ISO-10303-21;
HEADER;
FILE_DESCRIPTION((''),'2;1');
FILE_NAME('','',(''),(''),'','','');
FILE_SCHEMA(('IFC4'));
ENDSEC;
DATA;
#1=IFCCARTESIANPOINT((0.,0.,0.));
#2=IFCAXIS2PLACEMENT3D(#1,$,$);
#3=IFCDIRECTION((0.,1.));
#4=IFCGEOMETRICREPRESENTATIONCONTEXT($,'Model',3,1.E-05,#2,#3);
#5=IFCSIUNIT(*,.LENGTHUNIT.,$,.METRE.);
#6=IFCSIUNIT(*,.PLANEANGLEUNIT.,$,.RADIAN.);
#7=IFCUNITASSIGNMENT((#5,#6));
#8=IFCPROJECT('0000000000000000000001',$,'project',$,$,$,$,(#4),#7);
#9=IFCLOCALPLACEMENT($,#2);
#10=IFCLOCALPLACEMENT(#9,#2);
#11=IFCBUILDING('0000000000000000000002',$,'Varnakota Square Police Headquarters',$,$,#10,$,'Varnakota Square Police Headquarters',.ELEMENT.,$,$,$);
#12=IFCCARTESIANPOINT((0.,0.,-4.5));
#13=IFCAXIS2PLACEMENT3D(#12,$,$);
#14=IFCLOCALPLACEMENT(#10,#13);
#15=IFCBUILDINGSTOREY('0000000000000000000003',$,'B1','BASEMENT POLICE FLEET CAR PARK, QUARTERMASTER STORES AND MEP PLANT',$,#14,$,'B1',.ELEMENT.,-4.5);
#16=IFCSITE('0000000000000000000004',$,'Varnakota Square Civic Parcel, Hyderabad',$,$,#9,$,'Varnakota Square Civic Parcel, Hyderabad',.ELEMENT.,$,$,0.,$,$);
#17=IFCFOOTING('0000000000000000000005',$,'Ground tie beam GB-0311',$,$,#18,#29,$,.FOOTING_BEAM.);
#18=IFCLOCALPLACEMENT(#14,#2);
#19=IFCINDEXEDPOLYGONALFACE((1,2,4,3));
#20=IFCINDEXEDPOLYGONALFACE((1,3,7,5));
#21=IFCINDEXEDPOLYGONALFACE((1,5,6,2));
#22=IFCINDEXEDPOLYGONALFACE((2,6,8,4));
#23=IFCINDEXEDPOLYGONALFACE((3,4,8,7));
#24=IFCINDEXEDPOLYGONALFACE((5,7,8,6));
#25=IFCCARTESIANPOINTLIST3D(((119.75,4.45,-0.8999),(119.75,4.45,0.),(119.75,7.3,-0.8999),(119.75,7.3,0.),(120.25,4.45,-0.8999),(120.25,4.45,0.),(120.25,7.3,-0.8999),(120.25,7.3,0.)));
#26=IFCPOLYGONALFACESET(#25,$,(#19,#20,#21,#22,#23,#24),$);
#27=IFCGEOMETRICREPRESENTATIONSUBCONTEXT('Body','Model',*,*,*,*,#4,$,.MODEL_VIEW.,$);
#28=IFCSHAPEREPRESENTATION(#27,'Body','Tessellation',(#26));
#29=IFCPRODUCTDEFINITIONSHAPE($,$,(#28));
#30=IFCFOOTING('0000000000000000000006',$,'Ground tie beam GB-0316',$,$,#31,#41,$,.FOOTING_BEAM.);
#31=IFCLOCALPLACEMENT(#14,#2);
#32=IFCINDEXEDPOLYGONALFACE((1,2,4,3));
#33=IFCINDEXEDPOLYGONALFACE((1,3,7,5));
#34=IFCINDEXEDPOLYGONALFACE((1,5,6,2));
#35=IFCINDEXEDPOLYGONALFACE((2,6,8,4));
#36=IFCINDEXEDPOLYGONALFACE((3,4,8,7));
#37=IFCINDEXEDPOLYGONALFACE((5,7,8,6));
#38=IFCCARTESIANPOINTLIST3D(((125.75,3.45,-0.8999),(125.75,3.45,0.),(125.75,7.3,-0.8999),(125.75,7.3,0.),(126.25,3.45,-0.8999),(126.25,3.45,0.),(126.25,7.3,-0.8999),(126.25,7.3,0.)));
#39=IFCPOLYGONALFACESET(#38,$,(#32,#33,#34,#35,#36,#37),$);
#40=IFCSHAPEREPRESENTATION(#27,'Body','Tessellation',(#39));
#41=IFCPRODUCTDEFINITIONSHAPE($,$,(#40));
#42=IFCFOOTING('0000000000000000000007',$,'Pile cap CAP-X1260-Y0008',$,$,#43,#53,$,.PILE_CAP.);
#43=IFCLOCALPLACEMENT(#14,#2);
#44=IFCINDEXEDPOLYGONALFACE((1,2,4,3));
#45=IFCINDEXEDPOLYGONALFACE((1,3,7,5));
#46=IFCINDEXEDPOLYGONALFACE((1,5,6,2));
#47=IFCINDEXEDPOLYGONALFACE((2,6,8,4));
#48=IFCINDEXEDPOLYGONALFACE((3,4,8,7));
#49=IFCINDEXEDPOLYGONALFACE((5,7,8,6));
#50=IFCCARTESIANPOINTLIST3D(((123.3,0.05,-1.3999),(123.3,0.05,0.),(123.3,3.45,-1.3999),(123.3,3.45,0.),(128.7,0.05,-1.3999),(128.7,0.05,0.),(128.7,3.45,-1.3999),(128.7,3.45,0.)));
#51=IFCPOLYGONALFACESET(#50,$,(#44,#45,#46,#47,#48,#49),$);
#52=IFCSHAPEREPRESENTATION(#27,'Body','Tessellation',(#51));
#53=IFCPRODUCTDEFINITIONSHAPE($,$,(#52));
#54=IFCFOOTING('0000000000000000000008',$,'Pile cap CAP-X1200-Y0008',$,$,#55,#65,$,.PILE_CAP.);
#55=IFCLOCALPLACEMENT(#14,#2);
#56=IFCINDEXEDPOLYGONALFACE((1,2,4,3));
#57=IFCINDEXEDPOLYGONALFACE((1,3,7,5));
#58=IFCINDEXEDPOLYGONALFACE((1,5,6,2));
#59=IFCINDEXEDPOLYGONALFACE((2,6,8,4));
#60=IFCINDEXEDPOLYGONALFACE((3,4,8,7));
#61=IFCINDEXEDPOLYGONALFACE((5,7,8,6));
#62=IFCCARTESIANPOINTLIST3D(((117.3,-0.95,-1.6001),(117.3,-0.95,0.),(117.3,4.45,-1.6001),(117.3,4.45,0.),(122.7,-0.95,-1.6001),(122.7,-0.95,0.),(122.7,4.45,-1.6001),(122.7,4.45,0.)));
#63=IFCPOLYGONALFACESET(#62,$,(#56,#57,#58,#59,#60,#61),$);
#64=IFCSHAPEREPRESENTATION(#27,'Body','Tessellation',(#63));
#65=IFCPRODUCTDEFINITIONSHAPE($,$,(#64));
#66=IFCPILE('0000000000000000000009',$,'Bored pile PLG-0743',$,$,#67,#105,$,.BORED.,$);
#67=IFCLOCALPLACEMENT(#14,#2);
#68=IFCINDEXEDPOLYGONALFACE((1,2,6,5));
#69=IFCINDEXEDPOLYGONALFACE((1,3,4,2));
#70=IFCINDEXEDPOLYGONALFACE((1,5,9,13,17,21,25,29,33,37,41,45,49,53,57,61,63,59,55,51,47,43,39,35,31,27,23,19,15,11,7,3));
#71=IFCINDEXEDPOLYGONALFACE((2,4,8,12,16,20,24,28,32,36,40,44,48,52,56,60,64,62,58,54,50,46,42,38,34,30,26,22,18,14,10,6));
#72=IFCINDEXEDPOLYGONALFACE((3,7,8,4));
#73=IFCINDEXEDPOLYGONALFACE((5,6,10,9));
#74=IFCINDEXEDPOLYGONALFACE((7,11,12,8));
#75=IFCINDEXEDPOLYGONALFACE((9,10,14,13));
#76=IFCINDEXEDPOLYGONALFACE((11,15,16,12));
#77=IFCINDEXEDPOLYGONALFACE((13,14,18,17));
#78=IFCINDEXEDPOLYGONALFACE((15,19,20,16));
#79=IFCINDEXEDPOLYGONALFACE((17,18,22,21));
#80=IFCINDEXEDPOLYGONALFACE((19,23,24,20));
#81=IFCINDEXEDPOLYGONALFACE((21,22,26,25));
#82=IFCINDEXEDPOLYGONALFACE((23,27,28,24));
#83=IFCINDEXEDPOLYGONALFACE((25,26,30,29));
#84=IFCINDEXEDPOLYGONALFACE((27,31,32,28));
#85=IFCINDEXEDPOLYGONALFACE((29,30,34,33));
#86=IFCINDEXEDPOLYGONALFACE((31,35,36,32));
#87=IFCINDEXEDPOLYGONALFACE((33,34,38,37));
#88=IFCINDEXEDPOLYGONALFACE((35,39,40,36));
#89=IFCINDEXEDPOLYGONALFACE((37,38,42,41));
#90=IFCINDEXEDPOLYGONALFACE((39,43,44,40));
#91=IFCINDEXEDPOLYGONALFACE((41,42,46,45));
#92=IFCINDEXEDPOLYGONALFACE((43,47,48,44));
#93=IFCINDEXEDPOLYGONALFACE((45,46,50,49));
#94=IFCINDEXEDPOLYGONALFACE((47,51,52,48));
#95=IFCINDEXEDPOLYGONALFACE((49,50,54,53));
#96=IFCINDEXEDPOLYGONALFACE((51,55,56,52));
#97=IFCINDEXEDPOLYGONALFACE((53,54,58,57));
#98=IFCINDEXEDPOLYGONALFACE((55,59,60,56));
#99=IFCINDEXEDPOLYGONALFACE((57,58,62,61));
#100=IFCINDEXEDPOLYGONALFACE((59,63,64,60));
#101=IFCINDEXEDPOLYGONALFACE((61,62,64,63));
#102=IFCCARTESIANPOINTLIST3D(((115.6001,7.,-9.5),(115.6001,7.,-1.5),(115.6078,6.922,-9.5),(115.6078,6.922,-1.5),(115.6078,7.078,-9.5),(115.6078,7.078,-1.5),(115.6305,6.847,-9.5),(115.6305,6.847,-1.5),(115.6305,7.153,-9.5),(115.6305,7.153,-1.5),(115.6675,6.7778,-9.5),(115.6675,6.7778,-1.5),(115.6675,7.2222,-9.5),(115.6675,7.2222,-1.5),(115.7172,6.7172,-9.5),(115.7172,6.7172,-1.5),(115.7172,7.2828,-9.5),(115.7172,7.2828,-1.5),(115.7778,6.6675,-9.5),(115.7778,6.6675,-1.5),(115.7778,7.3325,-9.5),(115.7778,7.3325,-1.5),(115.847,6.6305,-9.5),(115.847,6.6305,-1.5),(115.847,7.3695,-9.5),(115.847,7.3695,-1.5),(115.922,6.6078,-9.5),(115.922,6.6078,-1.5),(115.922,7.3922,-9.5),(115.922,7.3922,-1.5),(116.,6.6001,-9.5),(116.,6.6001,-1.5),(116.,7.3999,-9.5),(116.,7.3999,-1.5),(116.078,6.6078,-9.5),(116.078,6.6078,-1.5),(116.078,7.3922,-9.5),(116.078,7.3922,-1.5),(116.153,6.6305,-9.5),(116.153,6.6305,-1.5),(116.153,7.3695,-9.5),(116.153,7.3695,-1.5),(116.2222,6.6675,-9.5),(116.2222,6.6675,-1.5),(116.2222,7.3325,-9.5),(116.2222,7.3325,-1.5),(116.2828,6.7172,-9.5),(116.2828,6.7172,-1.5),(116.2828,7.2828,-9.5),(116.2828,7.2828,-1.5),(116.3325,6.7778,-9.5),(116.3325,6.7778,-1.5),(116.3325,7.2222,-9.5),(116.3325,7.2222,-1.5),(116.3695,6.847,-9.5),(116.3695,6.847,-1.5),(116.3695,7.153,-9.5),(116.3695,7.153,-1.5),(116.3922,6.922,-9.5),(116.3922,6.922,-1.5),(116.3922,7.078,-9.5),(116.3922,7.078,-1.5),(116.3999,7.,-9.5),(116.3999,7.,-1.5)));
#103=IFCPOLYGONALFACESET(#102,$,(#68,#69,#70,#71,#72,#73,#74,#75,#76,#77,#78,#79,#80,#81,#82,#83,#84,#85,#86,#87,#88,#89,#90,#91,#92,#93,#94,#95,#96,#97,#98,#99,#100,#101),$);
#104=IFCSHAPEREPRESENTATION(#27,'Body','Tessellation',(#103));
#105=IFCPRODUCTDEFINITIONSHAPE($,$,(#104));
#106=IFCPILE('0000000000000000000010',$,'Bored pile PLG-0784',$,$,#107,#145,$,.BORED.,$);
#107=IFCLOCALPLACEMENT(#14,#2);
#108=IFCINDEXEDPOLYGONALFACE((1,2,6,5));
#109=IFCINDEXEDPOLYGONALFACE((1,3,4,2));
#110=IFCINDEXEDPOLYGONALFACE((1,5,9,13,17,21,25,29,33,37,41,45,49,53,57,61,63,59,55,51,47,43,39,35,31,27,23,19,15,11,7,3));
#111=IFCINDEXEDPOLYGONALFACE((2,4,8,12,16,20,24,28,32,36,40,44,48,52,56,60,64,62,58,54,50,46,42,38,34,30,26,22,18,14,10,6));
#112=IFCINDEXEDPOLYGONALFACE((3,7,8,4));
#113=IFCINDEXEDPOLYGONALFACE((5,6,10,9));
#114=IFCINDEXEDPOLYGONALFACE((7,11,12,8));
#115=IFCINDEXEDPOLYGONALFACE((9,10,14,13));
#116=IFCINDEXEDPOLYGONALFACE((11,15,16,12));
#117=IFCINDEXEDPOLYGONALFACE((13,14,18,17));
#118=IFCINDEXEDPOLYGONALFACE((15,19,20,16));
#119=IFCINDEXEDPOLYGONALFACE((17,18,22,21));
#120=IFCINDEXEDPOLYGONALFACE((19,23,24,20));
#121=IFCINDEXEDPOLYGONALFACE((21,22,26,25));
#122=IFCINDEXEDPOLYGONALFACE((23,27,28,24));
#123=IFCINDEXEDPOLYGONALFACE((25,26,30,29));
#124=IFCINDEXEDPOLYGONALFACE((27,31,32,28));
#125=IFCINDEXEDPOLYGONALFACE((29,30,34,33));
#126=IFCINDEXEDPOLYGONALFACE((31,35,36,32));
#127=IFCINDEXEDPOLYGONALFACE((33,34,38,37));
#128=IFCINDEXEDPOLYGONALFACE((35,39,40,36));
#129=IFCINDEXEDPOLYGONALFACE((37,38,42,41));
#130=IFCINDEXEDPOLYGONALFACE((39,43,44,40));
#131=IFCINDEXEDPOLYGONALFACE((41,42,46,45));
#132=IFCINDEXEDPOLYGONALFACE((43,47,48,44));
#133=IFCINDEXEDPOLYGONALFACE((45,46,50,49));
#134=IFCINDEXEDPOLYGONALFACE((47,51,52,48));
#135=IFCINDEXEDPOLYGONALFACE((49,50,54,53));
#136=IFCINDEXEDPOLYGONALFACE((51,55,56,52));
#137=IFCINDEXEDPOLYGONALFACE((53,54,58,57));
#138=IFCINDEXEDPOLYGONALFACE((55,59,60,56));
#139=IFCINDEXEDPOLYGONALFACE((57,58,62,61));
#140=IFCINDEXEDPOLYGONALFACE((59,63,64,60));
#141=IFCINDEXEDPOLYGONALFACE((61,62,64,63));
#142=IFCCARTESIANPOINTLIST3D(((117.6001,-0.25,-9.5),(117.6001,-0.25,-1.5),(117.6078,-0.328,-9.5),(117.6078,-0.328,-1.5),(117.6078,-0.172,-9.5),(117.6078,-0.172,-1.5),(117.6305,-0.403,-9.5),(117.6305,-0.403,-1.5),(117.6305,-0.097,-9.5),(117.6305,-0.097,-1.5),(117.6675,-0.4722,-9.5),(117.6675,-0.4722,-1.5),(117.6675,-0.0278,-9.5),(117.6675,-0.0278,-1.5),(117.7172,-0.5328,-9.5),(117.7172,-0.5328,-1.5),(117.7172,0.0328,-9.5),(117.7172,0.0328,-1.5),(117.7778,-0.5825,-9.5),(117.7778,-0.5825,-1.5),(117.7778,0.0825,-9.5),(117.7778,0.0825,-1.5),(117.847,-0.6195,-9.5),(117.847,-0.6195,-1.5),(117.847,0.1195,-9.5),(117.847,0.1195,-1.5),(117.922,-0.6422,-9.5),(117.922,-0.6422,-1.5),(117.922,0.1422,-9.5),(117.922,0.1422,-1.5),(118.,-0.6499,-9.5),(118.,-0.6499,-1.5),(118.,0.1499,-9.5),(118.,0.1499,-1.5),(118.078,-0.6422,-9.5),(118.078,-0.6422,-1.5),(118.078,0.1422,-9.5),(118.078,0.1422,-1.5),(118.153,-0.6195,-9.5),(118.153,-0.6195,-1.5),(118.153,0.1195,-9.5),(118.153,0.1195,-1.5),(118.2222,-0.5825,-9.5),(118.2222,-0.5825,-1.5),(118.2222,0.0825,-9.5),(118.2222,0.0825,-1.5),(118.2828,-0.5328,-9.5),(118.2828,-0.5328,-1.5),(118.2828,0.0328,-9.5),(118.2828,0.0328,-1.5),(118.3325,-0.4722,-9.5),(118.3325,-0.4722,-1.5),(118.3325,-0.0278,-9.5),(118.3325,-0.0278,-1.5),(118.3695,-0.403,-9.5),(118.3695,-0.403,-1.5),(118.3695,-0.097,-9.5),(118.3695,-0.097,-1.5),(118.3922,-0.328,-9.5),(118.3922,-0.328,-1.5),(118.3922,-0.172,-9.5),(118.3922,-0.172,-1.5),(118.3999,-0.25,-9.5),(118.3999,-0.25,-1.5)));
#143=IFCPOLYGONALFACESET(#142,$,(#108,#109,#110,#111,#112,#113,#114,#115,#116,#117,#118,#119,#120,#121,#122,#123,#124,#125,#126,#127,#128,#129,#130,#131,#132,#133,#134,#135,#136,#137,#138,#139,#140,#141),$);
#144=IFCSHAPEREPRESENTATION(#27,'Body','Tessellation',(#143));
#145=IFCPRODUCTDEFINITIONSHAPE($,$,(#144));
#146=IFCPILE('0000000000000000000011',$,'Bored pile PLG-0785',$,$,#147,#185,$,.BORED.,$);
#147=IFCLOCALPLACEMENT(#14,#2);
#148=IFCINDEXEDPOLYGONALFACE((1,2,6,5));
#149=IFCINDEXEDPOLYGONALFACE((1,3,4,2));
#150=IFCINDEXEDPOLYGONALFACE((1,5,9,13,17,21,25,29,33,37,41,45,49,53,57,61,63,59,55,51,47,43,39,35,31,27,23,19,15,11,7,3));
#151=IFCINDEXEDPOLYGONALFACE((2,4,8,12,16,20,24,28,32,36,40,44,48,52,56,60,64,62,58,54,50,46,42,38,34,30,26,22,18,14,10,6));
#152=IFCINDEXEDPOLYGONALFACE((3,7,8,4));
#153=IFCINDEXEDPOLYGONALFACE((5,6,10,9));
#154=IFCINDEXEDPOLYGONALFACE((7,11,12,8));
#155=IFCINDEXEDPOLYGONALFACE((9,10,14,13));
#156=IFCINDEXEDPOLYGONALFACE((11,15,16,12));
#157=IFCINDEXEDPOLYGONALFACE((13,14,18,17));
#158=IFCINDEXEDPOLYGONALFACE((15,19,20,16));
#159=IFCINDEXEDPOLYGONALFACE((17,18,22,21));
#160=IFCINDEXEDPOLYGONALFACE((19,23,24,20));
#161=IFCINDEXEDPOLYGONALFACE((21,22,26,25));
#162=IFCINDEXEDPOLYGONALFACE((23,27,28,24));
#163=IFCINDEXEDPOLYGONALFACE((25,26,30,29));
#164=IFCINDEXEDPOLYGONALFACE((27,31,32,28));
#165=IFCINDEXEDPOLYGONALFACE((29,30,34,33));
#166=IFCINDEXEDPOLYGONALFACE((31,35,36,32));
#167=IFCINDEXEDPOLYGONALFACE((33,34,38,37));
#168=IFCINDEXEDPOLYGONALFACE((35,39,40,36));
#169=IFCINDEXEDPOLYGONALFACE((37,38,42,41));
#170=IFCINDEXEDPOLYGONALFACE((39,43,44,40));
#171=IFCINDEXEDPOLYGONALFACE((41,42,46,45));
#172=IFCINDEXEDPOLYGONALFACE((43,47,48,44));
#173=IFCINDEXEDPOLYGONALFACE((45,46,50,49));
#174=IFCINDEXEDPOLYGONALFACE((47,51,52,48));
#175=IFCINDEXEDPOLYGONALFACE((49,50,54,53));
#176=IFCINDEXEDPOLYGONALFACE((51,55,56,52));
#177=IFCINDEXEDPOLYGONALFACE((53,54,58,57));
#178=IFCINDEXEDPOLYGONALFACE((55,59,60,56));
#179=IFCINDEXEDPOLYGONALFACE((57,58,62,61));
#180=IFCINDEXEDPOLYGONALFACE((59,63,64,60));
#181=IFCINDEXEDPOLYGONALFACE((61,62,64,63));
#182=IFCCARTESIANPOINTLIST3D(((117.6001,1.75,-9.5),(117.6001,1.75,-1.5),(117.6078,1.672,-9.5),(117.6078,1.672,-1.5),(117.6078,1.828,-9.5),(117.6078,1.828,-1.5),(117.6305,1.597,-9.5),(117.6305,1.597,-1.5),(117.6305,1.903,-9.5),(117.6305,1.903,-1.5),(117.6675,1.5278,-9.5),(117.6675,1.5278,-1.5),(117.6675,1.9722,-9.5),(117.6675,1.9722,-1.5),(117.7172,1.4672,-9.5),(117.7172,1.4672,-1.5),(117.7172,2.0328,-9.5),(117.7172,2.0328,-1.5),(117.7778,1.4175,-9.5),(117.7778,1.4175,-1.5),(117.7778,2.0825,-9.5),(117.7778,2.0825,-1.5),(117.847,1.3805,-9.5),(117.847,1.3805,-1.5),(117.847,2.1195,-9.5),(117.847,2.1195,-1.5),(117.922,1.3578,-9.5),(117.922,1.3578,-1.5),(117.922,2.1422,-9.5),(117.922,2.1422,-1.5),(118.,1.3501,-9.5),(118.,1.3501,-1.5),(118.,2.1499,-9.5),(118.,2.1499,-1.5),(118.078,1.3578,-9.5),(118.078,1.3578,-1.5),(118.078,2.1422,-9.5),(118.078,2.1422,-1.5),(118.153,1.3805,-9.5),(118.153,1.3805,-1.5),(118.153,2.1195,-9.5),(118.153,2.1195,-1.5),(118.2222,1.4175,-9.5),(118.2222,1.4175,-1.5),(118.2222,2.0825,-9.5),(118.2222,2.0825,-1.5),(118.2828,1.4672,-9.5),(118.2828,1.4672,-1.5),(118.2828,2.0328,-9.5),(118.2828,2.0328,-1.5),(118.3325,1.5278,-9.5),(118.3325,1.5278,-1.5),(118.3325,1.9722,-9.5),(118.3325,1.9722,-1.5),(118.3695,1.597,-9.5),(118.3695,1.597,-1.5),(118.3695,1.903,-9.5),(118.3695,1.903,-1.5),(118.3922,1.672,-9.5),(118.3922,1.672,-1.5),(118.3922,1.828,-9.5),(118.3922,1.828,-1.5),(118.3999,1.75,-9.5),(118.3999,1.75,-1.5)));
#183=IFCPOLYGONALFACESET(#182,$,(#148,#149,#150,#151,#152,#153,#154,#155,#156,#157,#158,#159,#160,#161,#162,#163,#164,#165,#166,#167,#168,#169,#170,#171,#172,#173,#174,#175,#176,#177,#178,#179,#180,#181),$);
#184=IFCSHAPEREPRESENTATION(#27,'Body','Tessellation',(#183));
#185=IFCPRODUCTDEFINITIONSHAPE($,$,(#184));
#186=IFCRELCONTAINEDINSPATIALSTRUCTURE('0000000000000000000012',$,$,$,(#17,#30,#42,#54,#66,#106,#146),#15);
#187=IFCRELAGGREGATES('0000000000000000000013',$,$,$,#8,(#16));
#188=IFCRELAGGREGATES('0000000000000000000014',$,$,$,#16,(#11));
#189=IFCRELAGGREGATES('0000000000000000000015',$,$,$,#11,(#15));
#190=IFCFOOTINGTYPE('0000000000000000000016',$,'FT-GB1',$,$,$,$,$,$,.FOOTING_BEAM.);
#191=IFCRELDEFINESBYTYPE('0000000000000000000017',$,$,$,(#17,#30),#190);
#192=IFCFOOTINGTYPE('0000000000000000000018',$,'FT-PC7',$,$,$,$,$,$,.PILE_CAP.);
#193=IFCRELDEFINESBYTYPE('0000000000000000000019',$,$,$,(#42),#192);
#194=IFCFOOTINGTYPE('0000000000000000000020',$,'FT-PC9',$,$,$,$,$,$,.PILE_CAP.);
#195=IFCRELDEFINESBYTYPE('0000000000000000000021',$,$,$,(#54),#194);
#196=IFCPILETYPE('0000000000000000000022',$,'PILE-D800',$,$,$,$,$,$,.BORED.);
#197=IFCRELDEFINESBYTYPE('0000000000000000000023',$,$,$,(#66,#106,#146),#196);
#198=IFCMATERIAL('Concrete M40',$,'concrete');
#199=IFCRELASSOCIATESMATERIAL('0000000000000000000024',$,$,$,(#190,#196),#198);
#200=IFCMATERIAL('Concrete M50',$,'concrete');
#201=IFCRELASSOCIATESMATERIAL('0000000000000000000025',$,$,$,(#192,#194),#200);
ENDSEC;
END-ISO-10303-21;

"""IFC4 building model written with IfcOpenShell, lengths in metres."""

from ifc_helpers import new_model, si_unit, direction, frame, origin, origin_2d, place, context, subcontext, project, spatial, rectangle, circle, extrude, material, material_profile, profile_set, type_object, element, save


model = new_model("IFC4")

# Units and contexts
model_context = context("Model", 3, precision=1e-05, world=origin(), true_north=direction((0.0, 1.0)))
body_context = subcontext(model_context, "Body", "Model", "MODEL_VIEW")
ifc_project = project(units=[si_unit("LENGTHUNIT", "METRE"), si_unit("PLANEANGLEUNIT", "RADIAN")], contexts=[model_context])

# Site, building, storey
site_placement = place(None, origin())
site = spatial("IfcSite", under=ifc_project, at=site_placement, Name="Varnakota Square Civic Parcel, Hyderabad", LongName="Varnakota Square Civic Parcel, Hyderabad", CompositionType="ELEMENT", RefElevation=0.0)
building_placement = place(site_placement, origin())
building = spatial("IfcBuilding", under=site, at=building_placement, Name="Varnakota Square Police Headquarters", LongName="Varnakota Square Police Headquarters", CompositionType="ELEMENT")
storey_placement = place(building_placement, frame((0.0, 0.0, -4.5)))
storey = spatial("IfcBuildingStorey", under=building, at=storey_placement, Name="B1", Description="BASEMENT POLICE FLEET CAR PARK, QUARTERMASTER STORES AND MEP PLANT", LongName="B1", CompositionType="ELEMENT", Elevation=-4.5)

# Footings
ifc_material_1 = material(Name="Concrete M40", Category="concrete")
ifc_material_profile_1 = material_profile(ifc_material_1, rectangle(XDim=0.5, YDim=0.8999, at=origin_2d()), Name="GB 500x900")
ifc_profile_set_1 = profile_set([ifc_material_profile_1], Name="Concrete M40")
footing_type_1 = type_object("IfcFootingType", Name="FT-GB1", PredefinedType="FOOTING_BEAM", material=ifc_profile_set_1)
footing_1_placement = place(storey_placement, frame((120.0, 4.45, -0.45), z_axis=(0.0, 1.0, 0.0), x_axis=(-1.0, 0.0, 0.0)))
element("IfcFooting", 1, at=footing_1_placement, inside=storey, type_object=footing_type_1, Name="Ground tie beam GB-0311", PredefinedType="FOOTING_BEAM", context=body_context, shape_type="SweptSolid", body=[
    extrude(rectangle(XDim=0.5, YDim=0.8999, at=origin_2d()), origin(), (0.0, 0.0, 1.0), 2.8501),
])
footing_2_placement = place(storey_placement, frame((126.0, 3.45, -0.45), z_axis=(0.0, 1.0, 0.0), x_axis=(-1.0, 0.0, 0.0)))
element("IfcFooting", 2, at=footing_2_placement, inside=storey, type_object=footing_type_1, Name="Ground tie beam GB-0316", PredefinedType="FOOTING_BEAM", context=body_context, shape_type="SweptSolid", body=[
    extrude(rectangle(XDim=0.5, YDim=0.8999, at=origin_2d()), origin(), (0.0, 0.0, 1.0), 3.8501),
])
ifc_material_2 = material(Name="Concrete M50", Category="concrete")
footing_type_2 = type_object("IfcFootingType", Name="FT-PC7", PredefinedType="PILE_CAP", material=ifc_material_2)
footing_3_placement = place(storey_placement, frame((126.0, 1.75, -1.3999), z_axis=(0.0, 0.0, 1.0), x_axis=(1.0, 0.0, 0.0)))
element("IfcFooting", 3, at=footing_3_placement, inside=storey, type_object=footing_type_2, Name="Pile cap CAP-X1260-Y0008", PredefinedType="PILE_CAP", context=body_context, shape_type="SweptSolid", body=[
    extrude(rectangle(XDim=5.3999, YDim=3.3999, at=origin_2d()), origin(), (0.0, 0.0, 1.0), 1.3999),
])
footing_type_3 = type_object("IfcFootingType", Name="FT-PC9", PredefinedType="PILE_CAP", material=ifc_material_2)
footing_4_placement = place(storey_placement, frame((120.0, 1.75, -1.6001), z_axis=(0.0, 0.0, 1.0), x_axis=(1.0, 0.0, 0.0)))
element("IfcFooting", 4, at=footing_4_placement, inside=storey, type_object=footing_type_3, Name="Pile cap CAP-X1200-Y0008", PredefinedType="PILE_CAP", context=body_context, shape_type="SweptSolid", body=[
    extrude(rectangle(XDim=5.3999, YDim=5.3999, at=origin_2d()), origin(), (0.0, 0.0, 1.0), 1.6001),
])

# Piles
ifc_material_profile_2 = material_profile(ifc_material_1, circle(Radius=0.3999, at=origin_2d()), Name="BORED PILE 800")
ifc_profile_set_2 = profile_set([ifc_material_profile_2], Name="Concrete M40")
pile_type = type_object("IfcPileType", Name="PILE-D800", PredefinedType="BORED", material=ifc_profile_set_2)
for number, where, z_axis, x_axis, name in (
    (5, (116.0, 7.0, -1.5), (0.0, 0.0, -1.0), (1.0, 0.0, 0.0), "Bored pile PLG-0743"),
    (6, (118.0, -0.25, -1.5), (0.0, 0.0, -1.0), (1.0, 0.0, 0.0), "Bored pile PLG-0784"),
    (7, (118.0, 1.75, -1.5), (0.0, 0.0, -1.0), (1.0, 0.0, 0.0), "Bored pile PLG-0785"),
):
    element("IfcPile", number, at=place(storey_placement, frame(where, z_axis=z_axis, x_axis=x_axis)), inside=storey, type_object=pile_type, Name=name, PredefinedType="BORED", context=body_context, shape_type="SweptSolid", body=[
        extrude(circle(Radius=0.3999, at=origin_2d()), origin(), (0.0, 0.0, 1.0), 8.0),
    ])

save(model, "model.ifc")
